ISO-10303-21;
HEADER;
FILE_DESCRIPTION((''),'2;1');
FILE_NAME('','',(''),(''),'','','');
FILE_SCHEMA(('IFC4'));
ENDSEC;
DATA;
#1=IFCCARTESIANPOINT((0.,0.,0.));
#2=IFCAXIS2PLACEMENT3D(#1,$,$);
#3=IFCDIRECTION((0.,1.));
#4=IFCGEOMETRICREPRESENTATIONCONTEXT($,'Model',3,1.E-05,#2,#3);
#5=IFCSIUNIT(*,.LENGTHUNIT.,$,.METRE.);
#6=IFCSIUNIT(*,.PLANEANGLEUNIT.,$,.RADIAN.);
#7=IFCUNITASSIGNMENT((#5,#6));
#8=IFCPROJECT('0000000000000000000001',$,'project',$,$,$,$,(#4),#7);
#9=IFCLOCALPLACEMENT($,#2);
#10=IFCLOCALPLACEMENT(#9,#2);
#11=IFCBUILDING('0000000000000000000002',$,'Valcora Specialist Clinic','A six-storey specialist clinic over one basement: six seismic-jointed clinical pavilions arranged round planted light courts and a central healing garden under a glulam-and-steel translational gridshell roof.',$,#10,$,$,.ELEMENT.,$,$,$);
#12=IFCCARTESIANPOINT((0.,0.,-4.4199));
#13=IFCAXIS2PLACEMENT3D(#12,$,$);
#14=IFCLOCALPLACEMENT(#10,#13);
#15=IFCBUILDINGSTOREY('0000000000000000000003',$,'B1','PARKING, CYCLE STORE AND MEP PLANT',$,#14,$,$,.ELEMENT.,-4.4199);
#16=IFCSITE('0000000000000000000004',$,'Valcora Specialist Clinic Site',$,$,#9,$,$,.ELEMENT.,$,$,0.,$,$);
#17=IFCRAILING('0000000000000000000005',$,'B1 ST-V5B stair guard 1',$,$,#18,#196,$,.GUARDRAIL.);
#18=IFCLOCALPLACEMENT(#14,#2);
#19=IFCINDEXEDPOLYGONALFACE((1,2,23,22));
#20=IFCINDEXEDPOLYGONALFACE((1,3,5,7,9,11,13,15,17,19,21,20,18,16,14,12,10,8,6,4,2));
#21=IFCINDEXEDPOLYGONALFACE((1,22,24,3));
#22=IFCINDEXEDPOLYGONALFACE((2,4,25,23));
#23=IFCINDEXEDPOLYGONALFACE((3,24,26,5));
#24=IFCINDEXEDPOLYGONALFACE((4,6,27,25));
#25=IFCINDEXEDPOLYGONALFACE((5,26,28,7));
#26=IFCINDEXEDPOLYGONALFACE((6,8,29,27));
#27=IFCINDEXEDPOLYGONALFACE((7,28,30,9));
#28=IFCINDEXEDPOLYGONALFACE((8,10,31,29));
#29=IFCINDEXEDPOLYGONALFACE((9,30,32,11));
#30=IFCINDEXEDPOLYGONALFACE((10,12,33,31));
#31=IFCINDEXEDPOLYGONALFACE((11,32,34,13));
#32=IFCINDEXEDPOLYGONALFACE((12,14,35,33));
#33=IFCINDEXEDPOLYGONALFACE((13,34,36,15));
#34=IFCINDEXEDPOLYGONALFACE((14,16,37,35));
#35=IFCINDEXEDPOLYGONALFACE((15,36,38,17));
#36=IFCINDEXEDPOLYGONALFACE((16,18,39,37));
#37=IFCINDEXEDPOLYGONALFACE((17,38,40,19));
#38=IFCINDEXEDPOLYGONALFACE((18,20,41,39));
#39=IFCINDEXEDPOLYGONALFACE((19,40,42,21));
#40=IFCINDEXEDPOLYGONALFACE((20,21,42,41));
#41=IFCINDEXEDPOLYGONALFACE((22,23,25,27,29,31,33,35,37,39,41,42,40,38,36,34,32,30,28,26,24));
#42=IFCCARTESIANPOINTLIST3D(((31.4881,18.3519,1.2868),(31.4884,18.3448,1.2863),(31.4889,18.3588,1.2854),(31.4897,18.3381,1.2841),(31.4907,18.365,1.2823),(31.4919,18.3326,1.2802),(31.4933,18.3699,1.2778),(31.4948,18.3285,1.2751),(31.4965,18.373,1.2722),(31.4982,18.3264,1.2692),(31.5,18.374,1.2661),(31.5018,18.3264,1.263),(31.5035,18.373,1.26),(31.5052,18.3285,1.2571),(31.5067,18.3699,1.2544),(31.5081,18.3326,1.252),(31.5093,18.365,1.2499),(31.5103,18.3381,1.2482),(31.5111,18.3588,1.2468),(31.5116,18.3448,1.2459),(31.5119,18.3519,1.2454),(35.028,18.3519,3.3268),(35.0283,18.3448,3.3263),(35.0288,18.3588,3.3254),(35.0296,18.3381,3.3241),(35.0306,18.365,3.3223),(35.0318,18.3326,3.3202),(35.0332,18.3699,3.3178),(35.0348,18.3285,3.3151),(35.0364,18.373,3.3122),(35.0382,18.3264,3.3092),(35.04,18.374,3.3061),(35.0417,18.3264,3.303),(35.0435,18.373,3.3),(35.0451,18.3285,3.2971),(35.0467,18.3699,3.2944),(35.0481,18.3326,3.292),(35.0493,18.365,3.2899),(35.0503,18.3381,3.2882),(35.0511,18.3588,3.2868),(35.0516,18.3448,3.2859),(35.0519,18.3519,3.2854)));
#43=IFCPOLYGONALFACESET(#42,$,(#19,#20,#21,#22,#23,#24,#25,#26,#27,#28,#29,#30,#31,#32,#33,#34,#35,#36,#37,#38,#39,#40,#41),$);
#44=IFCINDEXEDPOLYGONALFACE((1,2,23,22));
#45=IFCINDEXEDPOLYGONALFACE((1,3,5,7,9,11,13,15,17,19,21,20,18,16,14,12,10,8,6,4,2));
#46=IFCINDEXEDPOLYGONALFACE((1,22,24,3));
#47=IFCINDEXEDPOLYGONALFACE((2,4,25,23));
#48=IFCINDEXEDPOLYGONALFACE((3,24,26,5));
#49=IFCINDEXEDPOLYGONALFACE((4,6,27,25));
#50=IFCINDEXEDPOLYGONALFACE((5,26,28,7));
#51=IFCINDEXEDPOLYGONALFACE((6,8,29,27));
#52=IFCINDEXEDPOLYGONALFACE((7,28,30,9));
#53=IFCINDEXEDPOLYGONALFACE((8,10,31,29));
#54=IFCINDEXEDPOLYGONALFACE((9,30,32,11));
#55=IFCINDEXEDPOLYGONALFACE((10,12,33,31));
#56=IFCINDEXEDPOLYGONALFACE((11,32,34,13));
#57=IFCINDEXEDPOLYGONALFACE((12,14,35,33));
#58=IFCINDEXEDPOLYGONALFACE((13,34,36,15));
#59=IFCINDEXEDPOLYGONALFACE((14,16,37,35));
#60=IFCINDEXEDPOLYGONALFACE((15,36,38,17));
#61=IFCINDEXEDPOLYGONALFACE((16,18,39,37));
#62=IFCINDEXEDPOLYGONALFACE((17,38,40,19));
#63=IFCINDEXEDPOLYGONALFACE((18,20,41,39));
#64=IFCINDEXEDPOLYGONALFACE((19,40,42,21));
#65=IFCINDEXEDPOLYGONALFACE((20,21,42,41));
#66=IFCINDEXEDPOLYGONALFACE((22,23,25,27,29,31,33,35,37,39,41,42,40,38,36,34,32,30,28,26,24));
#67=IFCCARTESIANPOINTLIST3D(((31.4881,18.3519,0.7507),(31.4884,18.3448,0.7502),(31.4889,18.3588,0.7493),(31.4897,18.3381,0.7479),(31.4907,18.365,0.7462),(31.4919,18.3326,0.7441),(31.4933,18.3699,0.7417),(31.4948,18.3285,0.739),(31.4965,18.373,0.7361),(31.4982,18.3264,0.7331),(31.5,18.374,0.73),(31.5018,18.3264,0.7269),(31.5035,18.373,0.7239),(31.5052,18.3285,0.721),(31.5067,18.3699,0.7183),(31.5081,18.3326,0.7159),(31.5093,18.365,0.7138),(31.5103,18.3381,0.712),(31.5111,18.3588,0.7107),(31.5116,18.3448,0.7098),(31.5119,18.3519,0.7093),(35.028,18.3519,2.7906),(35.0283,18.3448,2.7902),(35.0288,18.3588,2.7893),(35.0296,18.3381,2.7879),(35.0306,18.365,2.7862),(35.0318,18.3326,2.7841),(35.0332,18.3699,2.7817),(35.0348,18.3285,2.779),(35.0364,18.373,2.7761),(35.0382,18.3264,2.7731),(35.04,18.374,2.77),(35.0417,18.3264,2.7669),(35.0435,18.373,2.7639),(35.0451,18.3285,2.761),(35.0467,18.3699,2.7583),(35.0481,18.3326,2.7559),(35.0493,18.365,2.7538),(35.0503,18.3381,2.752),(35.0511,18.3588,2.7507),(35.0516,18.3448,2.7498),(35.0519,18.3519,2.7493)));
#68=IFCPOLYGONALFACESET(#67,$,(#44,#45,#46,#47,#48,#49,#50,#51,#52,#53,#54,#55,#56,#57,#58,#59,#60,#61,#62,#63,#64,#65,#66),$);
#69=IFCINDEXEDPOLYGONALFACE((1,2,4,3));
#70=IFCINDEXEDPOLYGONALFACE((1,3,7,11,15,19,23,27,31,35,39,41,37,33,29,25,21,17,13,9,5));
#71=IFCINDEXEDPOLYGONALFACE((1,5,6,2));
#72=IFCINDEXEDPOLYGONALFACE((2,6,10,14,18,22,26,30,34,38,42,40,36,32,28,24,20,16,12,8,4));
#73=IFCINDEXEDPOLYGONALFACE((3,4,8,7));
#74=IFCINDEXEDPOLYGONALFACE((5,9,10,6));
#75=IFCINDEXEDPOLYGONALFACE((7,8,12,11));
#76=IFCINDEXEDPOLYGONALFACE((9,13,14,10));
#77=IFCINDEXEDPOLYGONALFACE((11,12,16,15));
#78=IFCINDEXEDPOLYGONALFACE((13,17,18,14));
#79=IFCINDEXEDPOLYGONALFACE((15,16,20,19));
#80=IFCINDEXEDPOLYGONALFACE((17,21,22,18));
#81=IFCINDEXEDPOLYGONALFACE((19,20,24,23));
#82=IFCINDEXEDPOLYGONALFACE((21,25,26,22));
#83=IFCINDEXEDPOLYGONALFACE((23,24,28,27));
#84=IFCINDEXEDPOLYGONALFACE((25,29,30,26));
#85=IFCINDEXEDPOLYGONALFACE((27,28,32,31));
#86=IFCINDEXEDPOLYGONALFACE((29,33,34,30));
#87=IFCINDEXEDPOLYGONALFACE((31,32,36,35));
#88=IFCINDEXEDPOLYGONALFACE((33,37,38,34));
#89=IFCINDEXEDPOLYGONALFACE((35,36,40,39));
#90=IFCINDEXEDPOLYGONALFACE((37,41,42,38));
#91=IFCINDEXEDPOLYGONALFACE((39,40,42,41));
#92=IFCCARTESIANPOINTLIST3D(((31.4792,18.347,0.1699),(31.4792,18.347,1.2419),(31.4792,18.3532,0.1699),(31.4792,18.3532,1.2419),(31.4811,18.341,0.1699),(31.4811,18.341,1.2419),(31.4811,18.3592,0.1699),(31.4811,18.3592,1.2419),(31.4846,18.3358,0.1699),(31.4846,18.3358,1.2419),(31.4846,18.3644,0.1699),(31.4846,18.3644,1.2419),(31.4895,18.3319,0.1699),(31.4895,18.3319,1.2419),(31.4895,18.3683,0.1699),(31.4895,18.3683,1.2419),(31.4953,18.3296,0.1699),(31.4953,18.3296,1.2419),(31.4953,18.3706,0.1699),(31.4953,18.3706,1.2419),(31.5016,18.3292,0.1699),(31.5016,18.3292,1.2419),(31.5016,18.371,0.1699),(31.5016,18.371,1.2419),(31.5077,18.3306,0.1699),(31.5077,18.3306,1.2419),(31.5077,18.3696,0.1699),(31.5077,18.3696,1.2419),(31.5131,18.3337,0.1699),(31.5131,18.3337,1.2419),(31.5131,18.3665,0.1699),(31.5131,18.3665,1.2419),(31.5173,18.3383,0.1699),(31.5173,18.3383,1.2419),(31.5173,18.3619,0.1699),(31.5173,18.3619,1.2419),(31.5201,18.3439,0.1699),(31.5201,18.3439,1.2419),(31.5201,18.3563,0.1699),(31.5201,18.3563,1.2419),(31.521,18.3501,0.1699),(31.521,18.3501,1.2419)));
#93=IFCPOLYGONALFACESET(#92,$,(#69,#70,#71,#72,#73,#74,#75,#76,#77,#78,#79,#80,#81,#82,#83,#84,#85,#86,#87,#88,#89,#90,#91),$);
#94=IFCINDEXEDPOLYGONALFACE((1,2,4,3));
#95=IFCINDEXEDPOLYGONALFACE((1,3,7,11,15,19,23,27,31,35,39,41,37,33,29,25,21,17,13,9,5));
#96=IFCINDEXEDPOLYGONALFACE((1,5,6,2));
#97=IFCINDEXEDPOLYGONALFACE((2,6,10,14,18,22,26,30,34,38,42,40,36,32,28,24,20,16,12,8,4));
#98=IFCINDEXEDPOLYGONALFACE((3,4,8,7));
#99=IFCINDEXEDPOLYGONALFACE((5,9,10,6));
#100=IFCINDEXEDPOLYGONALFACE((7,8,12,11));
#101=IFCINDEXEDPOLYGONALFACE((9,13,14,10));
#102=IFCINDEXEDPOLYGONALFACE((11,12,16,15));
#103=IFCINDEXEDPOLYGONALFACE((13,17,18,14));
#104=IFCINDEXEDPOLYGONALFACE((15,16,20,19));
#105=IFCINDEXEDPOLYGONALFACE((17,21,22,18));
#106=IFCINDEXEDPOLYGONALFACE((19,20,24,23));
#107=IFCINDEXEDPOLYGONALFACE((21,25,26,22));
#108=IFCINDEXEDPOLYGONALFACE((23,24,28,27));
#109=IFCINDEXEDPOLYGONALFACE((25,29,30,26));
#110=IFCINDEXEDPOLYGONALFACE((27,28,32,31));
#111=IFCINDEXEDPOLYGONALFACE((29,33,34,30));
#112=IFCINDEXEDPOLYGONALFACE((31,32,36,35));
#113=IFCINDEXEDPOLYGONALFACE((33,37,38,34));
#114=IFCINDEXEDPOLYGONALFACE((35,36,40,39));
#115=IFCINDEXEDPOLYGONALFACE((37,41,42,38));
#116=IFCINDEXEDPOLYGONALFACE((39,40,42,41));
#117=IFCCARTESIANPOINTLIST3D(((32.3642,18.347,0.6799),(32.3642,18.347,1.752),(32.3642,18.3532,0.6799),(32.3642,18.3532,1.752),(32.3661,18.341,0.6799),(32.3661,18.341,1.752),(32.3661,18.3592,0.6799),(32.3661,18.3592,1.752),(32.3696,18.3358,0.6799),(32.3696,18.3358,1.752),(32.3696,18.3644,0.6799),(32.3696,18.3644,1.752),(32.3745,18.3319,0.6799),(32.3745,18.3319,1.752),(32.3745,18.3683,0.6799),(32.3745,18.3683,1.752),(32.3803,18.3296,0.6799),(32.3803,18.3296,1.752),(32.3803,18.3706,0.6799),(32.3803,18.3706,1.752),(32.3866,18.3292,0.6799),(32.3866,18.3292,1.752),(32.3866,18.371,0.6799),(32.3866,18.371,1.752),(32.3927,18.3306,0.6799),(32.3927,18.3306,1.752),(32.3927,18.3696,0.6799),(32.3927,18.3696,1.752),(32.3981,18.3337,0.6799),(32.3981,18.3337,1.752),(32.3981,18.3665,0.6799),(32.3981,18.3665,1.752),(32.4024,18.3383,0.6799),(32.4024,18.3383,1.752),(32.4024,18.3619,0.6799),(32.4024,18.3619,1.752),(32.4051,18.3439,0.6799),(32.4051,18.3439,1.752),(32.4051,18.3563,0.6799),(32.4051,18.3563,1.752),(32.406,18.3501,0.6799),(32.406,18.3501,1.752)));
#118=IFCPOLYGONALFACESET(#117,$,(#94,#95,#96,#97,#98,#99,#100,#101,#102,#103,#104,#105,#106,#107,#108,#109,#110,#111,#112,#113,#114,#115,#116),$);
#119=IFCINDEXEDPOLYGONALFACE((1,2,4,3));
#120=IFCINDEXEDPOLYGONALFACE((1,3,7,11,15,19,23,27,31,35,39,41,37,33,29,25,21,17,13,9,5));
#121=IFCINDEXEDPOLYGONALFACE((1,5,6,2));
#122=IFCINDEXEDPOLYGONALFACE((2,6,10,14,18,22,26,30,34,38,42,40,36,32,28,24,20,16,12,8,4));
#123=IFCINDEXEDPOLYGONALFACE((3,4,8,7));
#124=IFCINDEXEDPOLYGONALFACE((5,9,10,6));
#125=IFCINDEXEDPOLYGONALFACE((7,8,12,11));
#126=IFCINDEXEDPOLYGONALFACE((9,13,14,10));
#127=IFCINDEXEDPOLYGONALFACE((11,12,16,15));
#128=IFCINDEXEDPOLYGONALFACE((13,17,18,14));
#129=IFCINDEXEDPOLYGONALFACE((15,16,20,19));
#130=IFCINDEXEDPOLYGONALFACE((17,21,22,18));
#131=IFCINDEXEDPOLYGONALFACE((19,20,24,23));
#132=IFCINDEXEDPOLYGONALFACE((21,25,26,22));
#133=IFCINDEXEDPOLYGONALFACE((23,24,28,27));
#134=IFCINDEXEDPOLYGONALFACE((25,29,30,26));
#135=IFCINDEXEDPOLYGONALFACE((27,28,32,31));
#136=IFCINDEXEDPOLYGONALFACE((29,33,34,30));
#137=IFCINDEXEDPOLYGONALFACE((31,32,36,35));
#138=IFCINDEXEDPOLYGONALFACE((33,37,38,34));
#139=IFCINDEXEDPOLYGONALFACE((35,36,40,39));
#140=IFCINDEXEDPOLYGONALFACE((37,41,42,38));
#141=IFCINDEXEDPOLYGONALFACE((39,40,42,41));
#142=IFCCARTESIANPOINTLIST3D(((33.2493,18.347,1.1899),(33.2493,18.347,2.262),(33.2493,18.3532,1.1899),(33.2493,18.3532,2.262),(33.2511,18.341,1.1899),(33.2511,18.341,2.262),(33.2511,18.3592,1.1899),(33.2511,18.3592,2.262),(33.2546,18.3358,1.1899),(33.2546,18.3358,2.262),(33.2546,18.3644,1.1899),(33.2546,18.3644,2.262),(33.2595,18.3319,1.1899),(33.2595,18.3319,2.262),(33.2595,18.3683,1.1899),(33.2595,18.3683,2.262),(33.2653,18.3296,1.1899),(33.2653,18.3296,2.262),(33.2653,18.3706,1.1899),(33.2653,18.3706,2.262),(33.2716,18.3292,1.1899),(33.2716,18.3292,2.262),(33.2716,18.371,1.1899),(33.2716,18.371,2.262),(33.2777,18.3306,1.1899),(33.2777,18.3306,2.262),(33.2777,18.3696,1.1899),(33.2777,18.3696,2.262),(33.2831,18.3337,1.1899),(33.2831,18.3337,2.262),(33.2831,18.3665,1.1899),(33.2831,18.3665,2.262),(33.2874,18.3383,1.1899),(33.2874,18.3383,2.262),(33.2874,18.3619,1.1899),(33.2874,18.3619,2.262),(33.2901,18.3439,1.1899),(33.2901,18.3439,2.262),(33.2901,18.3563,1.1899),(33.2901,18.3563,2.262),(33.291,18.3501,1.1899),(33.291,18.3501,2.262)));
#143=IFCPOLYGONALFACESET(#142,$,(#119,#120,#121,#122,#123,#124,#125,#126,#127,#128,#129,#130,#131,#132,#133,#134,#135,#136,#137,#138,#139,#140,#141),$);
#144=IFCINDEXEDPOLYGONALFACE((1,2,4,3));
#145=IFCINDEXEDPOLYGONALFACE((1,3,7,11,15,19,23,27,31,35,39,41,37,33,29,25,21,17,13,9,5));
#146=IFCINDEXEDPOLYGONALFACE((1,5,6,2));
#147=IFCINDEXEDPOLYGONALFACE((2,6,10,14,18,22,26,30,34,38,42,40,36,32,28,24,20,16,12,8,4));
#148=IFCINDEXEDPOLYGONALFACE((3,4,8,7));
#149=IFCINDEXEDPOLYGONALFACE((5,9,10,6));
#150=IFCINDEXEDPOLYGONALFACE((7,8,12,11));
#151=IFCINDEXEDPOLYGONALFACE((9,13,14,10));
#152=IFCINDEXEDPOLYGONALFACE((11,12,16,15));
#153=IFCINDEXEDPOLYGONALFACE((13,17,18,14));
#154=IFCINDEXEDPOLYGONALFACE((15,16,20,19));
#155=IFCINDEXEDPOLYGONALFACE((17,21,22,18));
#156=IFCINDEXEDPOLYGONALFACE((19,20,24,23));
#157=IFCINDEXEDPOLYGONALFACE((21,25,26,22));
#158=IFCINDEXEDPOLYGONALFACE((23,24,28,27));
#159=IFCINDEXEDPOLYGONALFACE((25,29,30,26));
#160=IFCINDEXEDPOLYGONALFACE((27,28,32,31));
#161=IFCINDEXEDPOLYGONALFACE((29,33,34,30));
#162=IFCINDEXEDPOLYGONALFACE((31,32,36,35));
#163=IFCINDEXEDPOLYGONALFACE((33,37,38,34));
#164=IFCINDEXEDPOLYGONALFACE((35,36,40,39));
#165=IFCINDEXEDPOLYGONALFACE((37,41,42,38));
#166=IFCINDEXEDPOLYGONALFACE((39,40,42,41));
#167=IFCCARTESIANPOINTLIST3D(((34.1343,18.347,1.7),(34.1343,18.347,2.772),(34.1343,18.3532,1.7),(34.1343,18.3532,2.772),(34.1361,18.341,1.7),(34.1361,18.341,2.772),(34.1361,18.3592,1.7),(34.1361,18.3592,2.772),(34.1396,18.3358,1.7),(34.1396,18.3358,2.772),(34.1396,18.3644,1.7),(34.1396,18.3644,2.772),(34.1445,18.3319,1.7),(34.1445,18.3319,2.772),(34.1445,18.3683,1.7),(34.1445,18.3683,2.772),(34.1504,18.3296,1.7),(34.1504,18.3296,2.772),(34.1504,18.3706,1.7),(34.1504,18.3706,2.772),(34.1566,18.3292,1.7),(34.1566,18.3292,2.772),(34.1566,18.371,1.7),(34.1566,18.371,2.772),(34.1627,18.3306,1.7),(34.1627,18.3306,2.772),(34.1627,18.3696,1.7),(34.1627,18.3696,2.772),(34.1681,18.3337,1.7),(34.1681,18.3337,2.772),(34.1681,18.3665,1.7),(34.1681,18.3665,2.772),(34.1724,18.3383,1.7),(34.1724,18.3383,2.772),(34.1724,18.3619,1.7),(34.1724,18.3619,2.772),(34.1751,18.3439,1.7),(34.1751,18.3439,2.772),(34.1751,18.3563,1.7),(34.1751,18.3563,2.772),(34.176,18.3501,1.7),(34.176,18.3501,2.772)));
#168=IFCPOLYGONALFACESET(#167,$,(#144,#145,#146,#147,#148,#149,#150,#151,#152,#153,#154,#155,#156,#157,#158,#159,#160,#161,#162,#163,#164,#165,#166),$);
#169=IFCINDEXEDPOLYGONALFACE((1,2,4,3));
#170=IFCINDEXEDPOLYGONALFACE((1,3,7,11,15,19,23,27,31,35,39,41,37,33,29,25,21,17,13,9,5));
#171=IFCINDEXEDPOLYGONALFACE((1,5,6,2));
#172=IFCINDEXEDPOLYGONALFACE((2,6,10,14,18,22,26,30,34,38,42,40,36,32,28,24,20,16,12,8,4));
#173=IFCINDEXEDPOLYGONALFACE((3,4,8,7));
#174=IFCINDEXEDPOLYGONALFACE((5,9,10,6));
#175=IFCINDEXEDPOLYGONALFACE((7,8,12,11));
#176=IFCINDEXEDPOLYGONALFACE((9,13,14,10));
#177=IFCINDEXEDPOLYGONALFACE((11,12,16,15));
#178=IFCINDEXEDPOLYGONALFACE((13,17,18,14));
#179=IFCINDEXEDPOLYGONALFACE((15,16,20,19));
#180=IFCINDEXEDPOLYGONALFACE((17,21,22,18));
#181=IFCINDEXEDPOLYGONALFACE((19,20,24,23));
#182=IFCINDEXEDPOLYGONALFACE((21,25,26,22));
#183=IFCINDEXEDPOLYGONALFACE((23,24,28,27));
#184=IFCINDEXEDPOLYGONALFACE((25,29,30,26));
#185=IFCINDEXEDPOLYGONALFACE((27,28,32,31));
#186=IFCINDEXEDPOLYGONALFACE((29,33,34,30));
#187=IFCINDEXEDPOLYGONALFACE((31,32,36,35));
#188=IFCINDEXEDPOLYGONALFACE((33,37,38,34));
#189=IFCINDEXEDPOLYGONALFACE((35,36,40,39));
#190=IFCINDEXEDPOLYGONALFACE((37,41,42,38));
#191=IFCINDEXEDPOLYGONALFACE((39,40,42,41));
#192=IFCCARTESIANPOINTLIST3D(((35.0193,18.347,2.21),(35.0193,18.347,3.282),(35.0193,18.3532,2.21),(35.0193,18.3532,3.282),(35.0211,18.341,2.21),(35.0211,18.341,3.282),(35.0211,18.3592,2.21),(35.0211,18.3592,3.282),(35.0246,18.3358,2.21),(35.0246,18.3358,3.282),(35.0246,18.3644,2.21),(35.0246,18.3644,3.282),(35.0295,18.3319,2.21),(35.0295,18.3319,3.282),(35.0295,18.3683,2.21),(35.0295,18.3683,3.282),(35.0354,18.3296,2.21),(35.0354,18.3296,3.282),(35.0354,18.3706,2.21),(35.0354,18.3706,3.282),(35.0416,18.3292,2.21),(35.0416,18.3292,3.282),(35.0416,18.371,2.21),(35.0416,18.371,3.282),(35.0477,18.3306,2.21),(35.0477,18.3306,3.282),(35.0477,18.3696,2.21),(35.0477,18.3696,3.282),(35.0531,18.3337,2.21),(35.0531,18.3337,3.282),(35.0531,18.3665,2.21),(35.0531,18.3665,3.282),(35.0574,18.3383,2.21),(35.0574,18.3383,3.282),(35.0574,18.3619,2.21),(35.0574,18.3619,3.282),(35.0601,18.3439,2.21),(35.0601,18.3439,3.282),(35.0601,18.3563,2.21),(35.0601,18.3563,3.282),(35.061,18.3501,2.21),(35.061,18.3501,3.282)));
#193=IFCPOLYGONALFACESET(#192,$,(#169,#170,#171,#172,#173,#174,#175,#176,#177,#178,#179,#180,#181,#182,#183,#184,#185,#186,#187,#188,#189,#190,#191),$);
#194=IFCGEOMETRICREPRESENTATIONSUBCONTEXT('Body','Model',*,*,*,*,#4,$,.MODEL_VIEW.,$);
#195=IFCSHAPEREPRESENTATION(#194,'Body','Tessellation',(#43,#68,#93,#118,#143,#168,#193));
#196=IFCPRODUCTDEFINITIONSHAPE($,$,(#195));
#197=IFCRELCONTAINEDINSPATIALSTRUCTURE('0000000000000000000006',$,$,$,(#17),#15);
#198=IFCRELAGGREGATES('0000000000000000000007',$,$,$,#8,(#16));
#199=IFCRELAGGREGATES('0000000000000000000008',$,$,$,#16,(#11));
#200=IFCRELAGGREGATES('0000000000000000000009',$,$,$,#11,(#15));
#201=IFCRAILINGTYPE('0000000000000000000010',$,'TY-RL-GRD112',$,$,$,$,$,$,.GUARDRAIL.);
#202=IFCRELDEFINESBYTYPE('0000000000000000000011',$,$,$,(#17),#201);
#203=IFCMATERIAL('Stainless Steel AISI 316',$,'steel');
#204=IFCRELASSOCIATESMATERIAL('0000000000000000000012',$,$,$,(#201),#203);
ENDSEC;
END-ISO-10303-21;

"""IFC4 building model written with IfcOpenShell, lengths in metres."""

from ifc_helpers import new_model, si_unit, direction, frame, origin, origin_2d, place, context, subcontext, project, spatial, circle, extrude, material, type_object, element, save


model = new_model("IFC4")

# Units and contexts
model_context = context("Model", 3, precision=1e-05, world=origin(), true_north=direction((0.0, 1.0)))
body_context = subcontext(model_context, "Body", "Model", "MODEL_VIEW")
ifc_project = project(units=[si_unit("LENGTHUNIT", "METRE"), si_unit("PLANEANGLEUNIT", "RADIAN")], contexts=[model_context])

# Site, building, storey
site_placement = place(None, origin())
site = spatial("IfcSite", under=ifc_project, at=site_placement, Name="Valcora Specialist Clinic Site", CompositionType="ELEMENT", RefElevation=0.0)
building_placement = place(site_placement, origin())
building = spatial("IfcBuilding", under=site, at=building_placement, Name="Valcora Specialist Clinic", Description="A six-storey specialist clinic over one basement: six seismic-jointed clinical pavilions arranged round planted light courts and a central healing garden under a glulam-and-steel translational gridshell roof.", CompositionType="ELEMENT")
storey_placement = place(building_placement, frame((0.0, 0.0, -4.4199)))
storey = spatial("IfcBuildingStorey", under=building, at=storey_placement, Name="B1", Description="PARKING, CYCLE STORE AND MEP PLANT", CompositionType="ELEMENT", Elevation=-4.4199)

# Railing
ifc_material_1 = material(Name="Stainless Steel AISI 316", Category="steel")
railing_type_1 = type_object("IfcRailingType", Name="TY-RL-GRD112", PredefinedType="GUARDRAIL", material=ifc_material_1)
railing_1_placement = place(storey_placement, frame((31.5, 18.3501, 0.1699)))
element("IfcRailing", 1, at=railing_1_placement, inside=storey, type_object=railing_type_1, Name="B1 ST-V5B stair guard 1", PredefinedType="GUARDRAIL", context=body_context, shape_type="SweptSolid", body=[
    extrude(circle(Radius=0.0239, at=origin_2d()), frame((0.0, 0.0, 1.0962), z_axis=(0.866428, 0.0, 0.499302), x_axis=(0.0, 1.0, 0.0)), (0.0, 0.0, 1.0), 4.0857),
    extrude(circle(Radius=0.0239, at=origin_2d()), frame((0.0, 0.0, 0.5601), z_axis=(0.866428, 0.0, 0.499302), x_axis=(0.0, 1.0, 0.0)), (0.0, 0.0, 1.0), 4.0857),
    extrude(circle(Radius=0.021, at=origin_2d()), origin(), (0.0, 0.0, 1.0), 1.072),
    extrude(circle(Radius=0.021, at=origin_2d()), frame((0.885, 0.0, 0.51)), (0.0, 0.0, 1.0), 1.072),
    extrude(circle(Radius=0.021, at=origin_2d()), frame((1.77, 0.0, 1.02)), (0.0, 0.0, 1.0), 1.072),
    extrude(circle(Radius=0.021, at=origin_2d()), frame((2.655, 0.0, 1.53)), (0.0, 0.0, 1.0), 1.072),
    extrude(circle(Radius=0.021, at=origin_2d()), frame((3.54, 0.0, 2.04)), (0.0, 0.0, 1.0), 1.072),
])

save(model, "model.ifc")
